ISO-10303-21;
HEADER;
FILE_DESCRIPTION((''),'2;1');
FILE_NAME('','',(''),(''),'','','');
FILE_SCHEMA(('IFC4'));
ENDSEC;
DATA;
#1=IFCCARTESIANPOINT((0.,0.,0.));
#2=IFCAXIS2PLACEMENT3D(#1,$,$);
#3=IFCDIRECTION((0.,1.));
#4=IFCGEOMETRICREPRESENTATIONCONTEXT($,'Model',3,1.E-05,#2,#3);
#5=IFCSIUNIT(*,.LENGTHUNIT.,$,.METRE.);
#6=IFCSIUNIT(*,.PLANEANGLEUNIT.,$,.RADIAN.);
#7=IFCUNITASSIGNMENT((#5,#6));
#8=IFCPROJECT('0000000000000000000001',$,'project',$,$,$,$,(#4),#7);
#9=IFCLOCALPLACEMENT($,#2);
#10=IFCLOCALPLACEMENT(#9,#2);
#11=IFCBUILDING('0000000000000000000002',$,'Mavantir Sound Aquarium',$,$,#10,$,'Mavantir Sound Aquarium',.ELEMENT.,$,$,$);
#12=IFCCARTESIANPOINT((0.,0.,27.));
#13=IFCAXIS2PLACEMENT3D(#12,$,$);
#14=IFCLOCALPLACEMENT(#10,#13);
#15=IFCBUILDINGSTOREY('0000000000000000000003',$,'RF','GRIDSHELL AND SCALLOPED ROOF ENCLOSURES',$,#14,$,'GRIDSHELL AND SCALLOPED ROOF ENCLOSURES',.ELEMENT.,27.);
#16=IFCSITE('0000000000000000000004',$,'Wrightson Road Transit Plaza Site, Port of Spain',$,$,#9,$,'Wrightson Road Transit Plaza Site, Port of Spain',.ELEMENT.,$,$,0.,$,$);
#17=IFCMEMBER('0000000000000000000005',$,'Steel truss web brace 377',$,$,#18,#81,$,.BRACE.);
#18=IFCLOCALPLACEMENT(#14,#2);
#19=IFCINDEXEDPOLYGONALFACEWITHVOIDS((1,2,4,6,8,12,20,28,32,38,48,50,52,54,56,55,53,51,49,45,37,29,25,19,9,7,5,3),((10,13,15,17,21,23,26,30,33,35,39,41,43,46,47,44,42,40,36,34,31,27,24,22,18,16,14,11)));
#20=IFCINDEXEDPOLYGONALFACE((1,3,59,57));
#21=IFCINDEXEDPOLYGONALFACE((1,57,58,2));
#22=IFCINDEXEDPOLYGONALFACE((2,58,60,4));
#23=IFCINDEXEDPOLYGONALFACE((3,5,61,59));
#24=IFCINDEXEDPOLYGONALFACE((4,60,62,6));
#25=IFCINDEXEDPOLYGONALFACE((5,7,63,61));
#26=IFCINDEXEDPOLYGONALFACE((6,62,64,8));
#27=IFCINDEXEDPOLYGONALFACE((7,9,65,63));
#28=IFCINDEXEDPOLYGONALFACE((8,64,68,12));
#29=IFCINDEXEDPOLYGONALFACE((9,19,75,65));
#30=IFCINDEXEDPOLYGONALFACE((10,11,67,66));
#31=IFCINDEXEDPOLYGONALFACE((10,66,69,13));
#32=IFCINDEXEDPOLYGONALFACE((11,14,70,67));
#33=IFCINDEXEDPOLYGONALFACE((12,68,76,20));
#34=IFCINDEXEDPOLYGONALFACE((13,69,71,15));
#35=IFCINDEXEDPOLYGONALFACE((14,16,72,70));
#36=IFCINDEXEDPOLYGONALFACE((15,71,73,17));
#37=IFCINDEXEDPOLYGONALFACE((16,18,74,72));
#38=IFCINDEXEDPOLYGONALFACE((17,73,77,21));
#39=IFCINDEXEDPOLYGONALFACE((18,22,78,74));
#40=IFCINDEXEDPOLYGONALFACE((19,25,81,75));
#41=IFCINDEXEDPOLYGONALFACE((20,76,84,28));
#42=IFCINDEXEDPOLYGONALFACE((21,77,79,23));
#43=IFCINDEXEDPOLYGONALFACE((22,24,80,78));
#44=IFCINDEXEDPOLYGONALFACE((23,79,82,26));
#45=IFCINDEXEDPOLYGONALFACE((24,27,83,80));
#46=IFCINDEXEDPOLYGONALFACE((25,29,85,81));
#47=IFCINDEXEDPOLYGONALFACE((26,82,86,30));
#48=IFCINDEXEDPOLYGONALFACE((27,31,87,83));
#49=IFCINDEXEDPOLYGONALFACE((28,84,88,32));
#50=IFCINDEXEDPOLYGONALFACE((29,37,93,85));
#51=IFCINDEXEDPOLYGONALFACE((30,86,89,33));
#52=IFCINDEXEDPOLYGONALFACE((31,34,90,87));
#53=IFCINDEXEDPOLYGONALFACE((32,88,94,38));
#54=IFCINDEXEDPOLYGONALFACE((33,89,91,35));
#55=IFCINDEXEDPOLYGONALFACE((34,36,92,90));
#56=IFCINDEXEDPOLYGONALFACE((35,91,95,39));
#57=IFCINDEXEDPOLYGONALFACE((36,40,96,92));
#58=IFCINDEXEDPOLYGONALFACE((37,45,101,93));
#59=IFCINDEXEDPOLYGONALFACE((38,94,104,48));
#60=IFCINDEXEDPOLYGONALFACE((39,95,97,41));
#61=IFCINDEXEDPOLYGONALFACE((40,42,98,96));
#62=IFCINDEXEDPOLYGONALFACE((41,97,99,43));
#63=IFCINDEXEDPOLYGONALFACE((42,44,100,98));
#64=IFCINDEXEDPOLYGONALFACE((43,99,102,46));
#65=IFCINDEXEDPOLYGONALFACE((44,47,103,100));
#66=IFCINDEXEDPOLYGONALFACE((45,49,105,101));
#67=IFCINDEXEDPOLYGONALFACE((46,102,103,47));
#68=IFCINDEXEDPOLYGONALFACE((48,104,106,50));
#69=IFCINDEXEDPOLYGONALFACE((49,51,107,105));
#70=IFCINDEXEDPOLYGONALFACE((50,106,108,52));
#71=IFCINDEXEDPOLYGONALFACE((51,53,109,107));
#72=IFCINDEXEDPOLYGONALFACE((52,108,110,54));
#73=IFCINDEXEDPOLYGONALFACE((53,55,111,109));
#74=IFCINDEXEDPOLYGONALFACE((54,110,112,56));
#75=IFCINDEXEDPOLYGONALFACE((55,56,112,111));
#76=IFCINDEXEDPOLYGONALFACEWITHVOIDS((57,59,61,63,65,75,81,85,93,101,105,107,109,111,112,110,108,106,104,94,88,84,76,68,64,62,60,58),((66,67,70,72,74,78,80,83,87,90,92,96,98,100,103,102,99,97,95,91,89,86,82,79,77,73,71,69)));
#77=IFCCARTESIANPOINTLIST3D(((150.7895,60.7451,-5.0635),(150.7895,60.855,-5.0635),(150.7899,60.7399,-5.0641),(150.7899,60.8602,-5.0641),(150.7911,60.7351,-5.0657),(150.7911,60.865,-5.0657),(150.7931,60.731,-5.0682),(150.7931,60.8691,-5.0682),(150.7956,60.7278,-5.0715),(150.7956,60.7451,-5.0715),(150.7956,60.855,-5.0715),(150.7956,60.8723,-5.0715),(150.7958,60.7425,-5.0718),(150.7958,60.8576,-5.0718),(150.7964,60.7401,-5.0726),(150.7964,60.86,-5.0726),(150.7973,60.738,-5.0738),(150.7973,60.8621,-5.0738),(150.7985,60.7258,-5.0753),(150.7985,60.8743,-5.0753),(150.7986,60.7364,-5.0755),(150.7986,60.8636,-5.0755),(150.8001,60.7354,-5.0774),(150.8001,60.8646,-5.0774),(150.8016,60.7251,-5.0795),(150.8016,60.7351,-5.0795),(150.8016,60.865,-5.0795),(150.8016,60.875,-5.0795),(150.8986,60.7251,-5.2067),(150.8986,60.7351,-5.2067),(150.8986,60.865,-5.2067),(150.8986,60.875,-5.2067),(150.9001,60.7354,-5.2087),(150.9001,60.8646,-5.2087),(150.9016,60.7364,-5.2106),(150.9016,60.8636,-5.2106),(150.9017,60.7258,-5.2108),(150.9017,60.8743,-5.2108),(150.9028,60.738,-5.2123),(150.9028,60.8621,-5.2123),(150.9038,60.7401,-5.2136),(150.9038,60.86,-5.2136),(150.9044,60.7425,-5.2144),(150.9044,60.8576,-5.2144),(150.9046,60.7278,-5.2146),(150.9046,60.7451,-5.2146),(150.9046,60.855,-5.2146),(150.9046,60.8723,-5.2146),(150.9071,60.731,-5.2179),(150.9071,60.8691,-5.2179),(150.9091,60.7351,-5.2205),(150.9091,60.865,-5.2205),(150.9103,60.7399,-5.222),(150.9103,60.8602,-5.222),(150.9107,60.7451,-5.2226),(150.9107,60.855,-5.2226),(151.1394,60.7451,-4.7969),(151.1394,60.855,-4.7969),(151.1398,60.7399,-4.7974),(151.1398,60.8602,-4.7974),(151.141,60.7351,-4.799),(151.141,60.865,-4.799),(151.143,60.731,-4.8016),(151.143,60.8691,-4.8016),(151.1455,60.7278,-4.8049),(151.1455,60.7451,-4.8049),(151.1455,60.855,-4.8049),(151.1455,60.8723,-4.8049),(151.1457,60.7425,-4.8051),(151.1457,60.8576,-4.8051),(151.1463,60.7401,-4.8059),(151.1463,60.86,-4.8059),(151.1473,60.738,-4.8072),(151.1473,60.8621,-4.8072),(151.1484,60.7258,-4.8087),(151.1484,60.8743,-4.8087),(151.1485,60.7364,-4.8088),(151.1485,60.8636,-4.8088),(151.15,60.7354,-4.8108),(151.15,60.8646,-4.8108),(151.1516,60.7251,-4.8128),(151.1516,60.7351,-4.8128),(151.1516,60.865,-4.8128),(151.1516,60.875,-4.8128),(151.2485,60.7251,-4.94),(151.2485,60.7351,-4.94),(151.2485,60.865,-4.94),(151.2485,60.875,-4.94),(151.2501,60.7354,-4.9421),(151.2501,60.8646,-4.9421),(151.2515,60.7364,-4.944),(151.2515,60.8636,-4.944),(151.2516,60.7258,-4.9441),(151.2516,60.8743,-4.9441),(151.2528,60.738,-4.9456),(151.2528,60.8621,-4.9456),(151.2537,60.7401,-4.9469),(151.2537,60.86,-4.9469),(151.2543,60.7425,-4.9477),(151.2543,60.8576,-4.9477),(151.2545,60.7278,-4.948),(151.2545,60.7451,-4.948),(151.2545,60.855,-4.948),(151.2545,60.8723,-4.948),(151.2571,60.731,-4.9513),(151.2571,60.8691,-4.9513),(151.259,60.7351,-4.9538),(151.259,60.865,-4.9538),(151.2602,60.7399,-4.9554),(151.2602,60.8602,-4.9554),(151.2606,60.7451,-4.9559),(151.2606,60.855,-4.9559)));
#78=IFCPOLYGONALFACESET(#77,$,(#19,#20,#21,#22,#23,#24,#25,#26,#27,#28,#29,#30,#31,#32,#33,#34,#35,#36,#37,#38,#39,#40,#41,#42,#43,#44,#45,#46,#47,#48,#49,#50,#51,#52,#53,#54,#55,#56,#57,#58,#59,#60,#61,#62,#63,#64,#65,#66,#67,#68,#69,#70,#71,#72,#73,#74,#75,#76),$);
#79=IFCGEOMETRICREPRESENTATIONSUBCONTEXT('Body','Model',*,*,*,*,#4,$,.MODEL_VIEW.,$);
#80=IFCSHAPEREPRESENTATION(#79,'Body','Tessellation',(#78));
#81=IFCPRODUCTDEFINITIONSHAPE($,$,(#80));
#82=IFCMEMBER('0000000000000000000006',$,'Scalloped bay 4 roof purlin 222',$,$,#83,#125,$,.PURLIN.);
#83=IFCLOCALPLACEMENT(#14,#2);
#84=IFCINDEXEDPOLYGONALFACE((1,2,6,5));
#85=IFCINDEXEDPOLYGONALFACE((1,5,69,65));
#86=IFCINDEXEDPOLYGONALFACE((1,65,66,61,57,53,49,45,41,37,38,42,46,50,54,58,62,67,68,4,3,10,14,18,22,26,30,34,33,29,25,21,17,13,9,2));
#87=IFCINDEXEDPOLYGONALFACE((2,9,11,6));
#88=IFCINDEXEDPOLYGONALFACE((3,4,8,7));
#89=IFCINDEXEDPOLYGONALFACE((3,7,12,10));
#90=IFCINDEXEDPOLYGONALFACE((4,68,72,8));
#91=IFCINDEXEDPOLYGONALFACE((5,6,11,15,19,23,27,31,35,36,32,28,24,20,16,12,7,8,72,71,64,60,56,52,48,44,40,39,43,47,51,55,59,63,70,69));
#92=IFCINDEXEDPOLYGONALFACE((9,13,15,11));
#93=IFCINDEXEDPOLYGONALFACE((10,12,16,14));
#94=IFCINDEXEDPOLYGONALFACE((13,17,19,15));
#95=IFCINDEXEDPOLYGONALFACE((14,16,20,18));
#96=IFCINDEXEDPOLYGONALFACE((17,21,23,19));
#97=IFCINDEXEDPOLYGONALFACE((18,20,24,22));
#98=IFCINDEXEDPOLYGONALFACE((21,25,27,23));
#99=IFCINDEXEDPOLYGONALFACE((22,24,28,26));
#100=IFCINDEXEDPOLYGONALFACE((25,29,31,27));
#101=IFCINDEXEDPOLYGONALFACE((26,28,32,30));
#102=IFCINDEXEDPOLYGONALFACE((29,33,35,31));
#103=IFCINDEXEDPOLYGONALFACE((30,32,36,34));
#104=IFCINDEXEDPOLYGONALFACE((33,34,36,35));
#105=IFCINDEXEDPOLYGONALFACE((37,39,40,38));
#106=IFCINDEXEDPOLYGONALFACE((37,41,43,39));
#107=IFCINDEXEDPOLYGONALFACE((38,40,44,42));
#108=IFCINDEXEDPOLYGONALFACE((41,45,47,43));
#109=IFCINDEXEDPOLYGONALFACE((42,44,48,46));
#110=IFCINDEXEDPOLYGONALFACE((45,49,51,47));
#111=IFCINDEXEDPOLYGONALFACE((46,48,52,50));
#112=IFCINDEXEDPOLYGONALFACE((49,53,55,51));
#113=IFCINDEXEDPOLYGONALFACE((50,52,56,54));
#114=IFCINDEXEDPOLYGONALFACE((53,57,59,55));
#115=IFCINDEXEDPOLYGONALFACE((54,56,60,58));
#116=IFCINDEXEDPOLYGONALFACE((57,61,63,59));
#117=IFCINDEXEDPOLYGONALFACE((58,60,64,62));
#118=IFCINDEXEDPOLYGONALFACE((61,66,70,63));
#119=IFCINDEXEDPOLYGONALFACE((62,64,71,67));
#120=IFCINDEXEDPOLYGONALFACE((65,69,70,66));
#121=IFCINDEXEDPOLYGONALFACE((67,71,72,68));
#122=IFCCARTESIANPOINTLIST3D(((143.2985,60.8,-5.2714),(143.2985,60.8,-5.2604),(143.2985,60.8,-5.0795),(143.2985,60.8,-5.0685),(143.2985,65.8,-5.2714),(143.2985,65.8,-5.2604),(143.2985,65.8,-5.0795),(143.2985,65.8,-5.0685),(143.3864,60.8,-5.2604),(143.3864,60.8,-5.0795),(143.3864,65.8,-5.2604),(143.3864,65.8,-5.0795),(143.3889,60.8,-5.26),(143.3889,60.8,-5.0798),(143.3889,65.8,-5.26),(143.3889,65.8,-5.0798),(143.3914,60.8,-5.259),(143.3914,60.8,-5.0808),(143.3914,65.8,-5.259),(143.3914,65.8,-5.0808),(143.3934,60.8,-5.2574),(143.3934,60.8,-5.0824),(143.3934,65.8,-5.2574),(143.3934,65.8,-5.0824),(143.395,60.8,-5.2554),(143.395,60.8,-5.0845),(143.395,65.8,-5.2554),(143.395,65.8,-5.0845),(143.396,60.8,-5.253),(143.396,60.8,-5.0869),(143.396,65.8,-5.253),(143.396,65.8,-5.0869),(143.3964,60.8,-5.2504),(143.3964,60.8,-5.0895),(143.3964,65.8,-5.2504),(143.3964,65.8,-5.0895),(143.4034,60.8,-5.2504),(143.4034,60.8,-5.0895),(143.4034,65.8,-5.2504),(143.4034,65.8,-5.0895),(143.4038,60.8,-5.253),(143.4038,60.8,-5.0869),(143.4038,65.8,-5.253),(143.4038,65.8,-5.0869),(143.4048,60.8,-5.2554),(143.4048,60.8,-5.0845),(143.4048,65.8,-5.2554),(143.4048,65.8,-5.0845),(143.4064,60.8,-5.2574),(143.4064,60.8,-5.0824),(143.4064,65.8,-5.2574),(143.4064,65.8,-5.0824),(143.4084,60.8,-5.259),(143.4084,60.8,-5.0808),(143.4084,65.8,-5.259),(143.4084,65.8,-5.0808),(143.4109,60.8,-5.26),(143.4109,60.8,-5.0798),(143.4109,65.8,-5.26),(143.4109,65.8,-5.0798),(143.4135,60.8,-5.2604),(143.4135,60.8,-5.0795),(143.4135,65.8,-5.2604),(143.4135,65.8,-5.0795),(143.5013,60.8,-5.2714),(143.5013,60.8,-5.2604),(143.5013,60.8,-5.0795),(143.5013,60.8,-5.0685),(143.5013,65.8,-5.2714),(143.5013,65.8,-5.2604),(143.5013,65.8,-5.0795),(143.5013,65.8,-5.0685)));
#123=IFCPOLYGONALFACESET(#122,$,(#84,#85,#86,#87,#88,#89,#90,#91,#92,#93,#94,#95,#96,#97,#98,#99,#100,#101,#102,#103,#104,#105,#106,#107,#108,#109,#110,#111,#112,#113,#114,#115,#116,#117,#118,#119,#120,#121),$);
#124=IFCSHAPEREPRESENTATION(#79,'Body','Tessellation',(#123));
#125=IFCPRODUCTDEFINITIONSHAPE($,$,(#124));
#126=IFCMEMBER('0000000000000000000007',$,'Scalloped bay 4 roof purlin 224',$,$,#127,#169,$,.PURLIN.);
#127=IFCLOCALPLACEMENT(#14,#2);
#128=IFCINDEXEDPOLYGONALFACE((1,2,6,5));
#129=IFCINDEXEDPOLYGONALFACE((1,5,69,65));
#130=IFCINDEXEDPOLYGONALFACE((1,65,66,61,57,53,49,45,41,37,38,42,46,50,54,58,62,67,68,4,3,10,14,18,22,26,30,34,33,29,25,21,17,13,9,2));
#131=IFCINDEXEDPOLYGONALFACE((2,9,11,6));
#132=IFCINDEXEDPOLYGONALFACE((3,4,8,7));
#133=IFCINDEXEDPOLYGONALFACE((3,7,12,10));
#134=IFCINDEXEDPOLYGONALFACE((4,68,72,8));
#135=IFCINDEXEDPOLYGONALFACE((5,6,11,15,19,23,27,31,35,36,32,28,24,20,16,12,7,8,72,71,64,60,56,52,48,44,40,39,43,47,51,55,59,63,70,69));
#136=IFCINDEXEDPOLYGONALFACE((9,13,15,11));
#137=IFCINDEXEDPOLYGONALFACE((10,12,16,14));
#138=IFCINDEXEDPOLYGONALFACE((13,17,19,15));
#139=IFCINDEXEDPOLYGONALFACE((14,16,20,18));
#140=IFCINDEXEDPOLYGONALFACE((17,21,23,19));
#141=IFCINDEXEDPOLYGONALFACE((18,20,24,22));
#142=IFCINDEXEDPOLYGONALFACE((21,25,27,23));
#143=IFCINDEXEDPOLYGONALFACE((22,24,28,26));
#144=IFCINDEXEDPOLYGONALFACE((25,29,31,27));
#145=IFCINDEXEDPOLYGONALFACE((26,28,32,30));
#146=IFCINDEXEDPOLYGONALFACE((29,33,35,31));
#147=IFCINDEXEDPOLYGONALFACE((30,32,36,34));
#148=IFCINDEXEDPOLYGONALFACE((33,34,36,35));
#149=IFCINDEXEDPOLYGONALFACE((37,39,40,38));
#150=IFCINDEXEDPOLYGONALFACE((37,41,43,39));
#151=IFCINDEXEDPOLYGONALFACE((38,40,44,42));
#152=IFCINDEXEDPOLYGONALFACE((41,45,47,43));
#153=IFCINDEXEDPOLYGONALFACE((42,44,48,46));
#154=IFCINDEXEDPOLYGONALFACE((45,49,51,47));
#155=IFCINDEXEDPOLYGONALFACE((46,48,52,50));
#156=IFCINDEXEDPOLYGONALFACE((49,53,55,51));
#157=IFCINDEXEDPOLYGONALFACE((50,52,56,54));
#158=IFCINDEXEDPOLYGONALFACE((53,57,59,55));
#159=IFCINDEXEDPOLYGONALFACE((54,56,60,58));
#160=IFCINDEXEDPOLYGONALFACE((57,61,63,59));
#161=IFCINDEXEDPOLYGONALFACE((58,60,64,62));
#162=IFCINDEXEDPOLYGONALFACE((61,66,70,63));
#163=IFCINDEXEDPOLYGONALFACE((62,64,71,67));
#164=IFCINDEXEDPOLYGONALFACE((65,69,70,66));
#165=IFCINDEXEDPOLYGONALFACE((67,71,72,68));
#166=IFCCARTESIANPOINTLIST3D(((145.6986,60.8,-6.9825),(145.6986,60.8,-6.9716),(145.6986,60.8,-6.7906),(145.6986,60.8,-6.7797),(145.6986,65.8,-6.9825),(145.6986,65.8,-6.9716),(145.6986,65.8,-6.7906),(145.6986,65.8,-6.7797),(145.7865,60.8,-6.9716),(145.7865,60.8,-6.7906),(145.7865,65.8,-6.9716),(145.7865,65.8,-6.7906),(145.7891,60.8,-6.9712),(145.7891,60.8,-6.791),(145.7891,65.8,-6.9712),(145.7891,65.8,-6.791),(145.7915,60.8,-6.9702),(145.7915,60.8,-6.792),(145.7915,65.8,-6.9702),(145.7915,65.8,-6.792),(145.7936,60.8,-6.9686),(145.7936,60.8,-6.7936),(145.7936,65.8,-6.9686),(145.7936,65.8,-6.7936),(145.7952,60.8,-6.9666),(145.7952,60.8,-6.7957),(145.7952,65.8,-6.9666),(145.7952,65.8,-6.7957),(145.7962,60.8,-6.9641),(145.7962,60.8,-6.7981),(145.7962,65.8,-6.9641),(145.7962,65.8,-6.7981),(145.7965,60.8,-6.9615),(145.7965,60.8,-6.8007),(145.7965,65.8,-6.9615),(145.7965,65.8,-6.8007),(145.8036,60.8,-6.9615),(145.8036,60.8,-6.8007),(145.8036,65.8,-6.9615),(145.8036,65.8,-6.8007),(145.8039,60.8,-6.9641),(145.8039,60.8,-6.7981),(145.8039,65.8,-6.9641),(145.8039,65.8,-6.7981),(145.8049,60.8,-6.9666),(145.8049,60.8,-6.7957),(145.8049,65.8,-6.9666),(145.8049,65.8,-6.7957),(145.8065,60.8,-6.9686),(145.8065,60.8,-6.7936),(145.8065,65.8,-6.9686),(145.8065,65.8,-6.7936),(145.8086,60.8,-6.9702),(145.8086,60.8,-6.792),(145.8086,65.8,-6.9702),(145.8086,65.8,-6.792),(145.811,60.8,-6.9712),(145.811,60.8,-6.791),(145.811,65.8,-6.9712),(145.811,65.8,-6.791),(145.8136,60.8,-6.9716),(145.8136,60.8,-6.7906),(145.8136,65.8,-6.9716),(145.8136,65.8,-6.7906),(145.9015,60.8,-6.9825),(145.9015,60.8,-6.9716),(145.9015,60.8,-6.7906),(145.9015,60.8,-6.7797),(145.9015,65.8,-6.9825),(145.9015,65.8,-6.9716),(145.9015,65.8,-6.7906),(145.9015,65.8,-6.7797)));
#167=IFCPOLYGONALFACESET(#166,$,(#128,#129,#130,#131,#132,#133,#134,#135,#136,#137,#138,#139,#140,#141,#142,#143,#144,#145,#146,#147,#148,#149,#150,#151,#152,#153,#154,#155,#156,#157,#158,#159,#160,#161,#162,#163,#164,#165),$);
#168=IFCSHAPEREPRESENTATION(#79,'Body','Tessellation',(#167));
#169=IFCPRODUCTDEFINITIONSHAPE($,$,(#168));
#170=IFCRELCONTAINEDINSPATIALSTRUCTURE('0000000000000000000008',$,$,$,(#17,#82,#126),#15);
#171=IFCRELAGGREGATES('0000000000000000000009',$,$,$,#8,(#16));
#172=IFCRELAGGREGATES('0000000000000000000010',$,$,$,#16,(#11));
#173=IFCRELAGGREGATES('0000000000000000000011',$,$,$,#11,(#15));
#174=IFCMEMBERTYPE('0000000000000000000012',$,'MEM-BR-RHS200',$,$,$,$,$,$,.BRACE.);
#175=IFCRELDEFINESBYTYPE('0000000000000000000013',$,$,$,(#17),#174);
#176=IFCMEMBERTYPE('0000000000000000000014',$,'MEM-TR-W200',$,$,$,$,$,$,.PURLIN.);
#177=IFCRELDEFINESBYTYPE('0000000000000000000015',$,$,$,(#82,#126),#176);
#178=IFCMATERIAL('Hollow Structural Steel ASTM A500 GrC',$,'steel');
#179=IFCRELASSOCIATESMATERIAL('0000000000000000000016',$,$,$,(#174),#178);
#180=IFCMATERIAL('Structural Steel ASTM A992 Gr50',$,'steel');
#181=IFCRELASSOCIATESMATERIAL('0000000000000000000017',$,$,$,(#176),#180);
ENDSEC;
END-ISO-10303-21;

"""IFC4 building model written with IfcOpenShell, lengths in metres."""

from ifc_helpers import new_model, si_unit, direction, frame, origin, origin_2d, place, context, subcontext, project, spatial, hollow_rectangle, i_section, extrude, material, material_profile, profile_set, type_object, element, save


model = new_model("IFC4")

# Units and contexts
model_context = context("Model", 3, precision=1e-05, world=origin(), true_north=direction((0.0, 1.0)))
body_context = subcontext(model_context, "Body", "Model", "MODEL_VIEW")
ifc_project = project(units=[si_unit("LENGTHUNIT", "METRE"), si_unit("PLANEANGLEUNIT", "RADIAN")], contexts=[model_context])

# Site, building, storey
site_placement = place(None, origin())
site = spatial("IfcSite", under=ifc_project, at=site_placement, Name="Wrightson Road Transit Plaza Site, Port of Spain", LongName="Wrightson Road Transit Plaza Site, Port of Spain", CompositionType="ELEMENT", RefElevation=0.0)
building_placement = place(site_placement, origin())
building = spatial("IfcBuilding", under=site, at=building_placement, Name="Mavantir Sound Aquarium", LongName="Mavantir Sound Aquarium", CompositionType="ELEMENT")
storey_placement = place(building_placement, frame((0.0, 0.0, 27.0)))
storey = spatial("IfcBuildingStorey", under=building, at=storey_placement, Name="RF", Description="GRIDSHELL AND SCALLOPED ROOF ENCLOSURES", LongName="GRIDSHELL AND SCALLOPED ROOF ENCLOSURES", CompositionType="ELEMENT", Elevation=27.0)

# Shared definitions
ifc_material_1 = material(Name="Structural Steel ASTM A992 Gr50", Category="steel")

# Members
ifc_material_2 = material(Name="Hollow Structural Steel ASTM A500 GrC", Category="steel")
ifc_material_profile_1 = material_profile(ifc_material_2, hollow_rectangle(XDim=0.1499, YDim=0.2, WallThickness=0.01, InnerFilletRadius=0.01, OuterFilletRadius=0.02, at=origin_2d()), Name="RHS 200X150X10")
ifc_profile_set_1 = profile_set([ifc_material_profile_1], Name="Hollow Structural Steel ASTM A500 GrC")
member_type_1 = type_object("IfcMemberType", Name="MEM-BR-RHS200", PredefinedType="BRACE", material=ifc_profile_set_1)
member_1_placement = place(storey_placement, frame((150.8501, 60.8, -5.1431), z_axis=(0.795381, 0.0, 0.60611), x_axis=(0.0, 1.0, 0.0)))
element("IfcMember", 1, at=member_1_placement, inside=storey, type_object=member_type_1, Name="Steel truss web brace 377", PredefinedType="BRACE", context=body_context, shape_type="SweptSolid", body=[
    extrude(hollow_rectangle(XDim=0.1499, YDim=0.2, WallThickness=0.01, InnerFilletRadius=0.01, OuterFilletRadius=0.02, at=origin_2d()), origin(), (0.0, 0.0, 1.0), 0.4399),
])
ifc_material_profile_2 = material_profile(ifc_material_1, i_section(OverallWidth=0.2029, OverallDepth=0.2029, WebThickness=0.0071, FlangeThickness=0.011, FilletRadius=0.01, at=origin_2d()), Name="W200X46")
ifc_profile_set_2 = profile_set([ifc_material_profile_2], Name="Structural Steel ASTM A992 Gr50")
member_type_2 = type_object("IfcMemberType", Name="MEM-TR-W200", PredefinedType="PURLIN", material=ifc_profile_set_2)
for number, where, z_axis, x_axis, name in (
    (2, (143.3999, 60.8, -5.1699), (0.0, 1.0, 0.0), (-1.0, 0.0, 0.0), "Scalloped bay 4 roof purlin 222"),
    (3, (145.8, 60.8, -6.8811), (0.0, 1.0, 0.0), (-1.0, 0.0, 0.0), "Scalloped bay 4 roof purlin 224"),
):
    element("IfcMember", number, at=place(storey_placement, frame(where, z_axis=z_axis, x_axis=x_axis)), inside=storey, type_object=member_type_2, Name=name, PredefinedType="PURLIN", context=body_context, shape_type="SweptSolid", body=[
        extrude(i_section(OverallWidth=0.2029, OverallDepth=0.2029, WebThickness=0.0071, FlangeThickness=0.011, FilletRadius=0.01, at=origin_2d()), origin(), (0.0, 0.0, 1.0), 5.0),
    ])

save(model, "model.ifc")
